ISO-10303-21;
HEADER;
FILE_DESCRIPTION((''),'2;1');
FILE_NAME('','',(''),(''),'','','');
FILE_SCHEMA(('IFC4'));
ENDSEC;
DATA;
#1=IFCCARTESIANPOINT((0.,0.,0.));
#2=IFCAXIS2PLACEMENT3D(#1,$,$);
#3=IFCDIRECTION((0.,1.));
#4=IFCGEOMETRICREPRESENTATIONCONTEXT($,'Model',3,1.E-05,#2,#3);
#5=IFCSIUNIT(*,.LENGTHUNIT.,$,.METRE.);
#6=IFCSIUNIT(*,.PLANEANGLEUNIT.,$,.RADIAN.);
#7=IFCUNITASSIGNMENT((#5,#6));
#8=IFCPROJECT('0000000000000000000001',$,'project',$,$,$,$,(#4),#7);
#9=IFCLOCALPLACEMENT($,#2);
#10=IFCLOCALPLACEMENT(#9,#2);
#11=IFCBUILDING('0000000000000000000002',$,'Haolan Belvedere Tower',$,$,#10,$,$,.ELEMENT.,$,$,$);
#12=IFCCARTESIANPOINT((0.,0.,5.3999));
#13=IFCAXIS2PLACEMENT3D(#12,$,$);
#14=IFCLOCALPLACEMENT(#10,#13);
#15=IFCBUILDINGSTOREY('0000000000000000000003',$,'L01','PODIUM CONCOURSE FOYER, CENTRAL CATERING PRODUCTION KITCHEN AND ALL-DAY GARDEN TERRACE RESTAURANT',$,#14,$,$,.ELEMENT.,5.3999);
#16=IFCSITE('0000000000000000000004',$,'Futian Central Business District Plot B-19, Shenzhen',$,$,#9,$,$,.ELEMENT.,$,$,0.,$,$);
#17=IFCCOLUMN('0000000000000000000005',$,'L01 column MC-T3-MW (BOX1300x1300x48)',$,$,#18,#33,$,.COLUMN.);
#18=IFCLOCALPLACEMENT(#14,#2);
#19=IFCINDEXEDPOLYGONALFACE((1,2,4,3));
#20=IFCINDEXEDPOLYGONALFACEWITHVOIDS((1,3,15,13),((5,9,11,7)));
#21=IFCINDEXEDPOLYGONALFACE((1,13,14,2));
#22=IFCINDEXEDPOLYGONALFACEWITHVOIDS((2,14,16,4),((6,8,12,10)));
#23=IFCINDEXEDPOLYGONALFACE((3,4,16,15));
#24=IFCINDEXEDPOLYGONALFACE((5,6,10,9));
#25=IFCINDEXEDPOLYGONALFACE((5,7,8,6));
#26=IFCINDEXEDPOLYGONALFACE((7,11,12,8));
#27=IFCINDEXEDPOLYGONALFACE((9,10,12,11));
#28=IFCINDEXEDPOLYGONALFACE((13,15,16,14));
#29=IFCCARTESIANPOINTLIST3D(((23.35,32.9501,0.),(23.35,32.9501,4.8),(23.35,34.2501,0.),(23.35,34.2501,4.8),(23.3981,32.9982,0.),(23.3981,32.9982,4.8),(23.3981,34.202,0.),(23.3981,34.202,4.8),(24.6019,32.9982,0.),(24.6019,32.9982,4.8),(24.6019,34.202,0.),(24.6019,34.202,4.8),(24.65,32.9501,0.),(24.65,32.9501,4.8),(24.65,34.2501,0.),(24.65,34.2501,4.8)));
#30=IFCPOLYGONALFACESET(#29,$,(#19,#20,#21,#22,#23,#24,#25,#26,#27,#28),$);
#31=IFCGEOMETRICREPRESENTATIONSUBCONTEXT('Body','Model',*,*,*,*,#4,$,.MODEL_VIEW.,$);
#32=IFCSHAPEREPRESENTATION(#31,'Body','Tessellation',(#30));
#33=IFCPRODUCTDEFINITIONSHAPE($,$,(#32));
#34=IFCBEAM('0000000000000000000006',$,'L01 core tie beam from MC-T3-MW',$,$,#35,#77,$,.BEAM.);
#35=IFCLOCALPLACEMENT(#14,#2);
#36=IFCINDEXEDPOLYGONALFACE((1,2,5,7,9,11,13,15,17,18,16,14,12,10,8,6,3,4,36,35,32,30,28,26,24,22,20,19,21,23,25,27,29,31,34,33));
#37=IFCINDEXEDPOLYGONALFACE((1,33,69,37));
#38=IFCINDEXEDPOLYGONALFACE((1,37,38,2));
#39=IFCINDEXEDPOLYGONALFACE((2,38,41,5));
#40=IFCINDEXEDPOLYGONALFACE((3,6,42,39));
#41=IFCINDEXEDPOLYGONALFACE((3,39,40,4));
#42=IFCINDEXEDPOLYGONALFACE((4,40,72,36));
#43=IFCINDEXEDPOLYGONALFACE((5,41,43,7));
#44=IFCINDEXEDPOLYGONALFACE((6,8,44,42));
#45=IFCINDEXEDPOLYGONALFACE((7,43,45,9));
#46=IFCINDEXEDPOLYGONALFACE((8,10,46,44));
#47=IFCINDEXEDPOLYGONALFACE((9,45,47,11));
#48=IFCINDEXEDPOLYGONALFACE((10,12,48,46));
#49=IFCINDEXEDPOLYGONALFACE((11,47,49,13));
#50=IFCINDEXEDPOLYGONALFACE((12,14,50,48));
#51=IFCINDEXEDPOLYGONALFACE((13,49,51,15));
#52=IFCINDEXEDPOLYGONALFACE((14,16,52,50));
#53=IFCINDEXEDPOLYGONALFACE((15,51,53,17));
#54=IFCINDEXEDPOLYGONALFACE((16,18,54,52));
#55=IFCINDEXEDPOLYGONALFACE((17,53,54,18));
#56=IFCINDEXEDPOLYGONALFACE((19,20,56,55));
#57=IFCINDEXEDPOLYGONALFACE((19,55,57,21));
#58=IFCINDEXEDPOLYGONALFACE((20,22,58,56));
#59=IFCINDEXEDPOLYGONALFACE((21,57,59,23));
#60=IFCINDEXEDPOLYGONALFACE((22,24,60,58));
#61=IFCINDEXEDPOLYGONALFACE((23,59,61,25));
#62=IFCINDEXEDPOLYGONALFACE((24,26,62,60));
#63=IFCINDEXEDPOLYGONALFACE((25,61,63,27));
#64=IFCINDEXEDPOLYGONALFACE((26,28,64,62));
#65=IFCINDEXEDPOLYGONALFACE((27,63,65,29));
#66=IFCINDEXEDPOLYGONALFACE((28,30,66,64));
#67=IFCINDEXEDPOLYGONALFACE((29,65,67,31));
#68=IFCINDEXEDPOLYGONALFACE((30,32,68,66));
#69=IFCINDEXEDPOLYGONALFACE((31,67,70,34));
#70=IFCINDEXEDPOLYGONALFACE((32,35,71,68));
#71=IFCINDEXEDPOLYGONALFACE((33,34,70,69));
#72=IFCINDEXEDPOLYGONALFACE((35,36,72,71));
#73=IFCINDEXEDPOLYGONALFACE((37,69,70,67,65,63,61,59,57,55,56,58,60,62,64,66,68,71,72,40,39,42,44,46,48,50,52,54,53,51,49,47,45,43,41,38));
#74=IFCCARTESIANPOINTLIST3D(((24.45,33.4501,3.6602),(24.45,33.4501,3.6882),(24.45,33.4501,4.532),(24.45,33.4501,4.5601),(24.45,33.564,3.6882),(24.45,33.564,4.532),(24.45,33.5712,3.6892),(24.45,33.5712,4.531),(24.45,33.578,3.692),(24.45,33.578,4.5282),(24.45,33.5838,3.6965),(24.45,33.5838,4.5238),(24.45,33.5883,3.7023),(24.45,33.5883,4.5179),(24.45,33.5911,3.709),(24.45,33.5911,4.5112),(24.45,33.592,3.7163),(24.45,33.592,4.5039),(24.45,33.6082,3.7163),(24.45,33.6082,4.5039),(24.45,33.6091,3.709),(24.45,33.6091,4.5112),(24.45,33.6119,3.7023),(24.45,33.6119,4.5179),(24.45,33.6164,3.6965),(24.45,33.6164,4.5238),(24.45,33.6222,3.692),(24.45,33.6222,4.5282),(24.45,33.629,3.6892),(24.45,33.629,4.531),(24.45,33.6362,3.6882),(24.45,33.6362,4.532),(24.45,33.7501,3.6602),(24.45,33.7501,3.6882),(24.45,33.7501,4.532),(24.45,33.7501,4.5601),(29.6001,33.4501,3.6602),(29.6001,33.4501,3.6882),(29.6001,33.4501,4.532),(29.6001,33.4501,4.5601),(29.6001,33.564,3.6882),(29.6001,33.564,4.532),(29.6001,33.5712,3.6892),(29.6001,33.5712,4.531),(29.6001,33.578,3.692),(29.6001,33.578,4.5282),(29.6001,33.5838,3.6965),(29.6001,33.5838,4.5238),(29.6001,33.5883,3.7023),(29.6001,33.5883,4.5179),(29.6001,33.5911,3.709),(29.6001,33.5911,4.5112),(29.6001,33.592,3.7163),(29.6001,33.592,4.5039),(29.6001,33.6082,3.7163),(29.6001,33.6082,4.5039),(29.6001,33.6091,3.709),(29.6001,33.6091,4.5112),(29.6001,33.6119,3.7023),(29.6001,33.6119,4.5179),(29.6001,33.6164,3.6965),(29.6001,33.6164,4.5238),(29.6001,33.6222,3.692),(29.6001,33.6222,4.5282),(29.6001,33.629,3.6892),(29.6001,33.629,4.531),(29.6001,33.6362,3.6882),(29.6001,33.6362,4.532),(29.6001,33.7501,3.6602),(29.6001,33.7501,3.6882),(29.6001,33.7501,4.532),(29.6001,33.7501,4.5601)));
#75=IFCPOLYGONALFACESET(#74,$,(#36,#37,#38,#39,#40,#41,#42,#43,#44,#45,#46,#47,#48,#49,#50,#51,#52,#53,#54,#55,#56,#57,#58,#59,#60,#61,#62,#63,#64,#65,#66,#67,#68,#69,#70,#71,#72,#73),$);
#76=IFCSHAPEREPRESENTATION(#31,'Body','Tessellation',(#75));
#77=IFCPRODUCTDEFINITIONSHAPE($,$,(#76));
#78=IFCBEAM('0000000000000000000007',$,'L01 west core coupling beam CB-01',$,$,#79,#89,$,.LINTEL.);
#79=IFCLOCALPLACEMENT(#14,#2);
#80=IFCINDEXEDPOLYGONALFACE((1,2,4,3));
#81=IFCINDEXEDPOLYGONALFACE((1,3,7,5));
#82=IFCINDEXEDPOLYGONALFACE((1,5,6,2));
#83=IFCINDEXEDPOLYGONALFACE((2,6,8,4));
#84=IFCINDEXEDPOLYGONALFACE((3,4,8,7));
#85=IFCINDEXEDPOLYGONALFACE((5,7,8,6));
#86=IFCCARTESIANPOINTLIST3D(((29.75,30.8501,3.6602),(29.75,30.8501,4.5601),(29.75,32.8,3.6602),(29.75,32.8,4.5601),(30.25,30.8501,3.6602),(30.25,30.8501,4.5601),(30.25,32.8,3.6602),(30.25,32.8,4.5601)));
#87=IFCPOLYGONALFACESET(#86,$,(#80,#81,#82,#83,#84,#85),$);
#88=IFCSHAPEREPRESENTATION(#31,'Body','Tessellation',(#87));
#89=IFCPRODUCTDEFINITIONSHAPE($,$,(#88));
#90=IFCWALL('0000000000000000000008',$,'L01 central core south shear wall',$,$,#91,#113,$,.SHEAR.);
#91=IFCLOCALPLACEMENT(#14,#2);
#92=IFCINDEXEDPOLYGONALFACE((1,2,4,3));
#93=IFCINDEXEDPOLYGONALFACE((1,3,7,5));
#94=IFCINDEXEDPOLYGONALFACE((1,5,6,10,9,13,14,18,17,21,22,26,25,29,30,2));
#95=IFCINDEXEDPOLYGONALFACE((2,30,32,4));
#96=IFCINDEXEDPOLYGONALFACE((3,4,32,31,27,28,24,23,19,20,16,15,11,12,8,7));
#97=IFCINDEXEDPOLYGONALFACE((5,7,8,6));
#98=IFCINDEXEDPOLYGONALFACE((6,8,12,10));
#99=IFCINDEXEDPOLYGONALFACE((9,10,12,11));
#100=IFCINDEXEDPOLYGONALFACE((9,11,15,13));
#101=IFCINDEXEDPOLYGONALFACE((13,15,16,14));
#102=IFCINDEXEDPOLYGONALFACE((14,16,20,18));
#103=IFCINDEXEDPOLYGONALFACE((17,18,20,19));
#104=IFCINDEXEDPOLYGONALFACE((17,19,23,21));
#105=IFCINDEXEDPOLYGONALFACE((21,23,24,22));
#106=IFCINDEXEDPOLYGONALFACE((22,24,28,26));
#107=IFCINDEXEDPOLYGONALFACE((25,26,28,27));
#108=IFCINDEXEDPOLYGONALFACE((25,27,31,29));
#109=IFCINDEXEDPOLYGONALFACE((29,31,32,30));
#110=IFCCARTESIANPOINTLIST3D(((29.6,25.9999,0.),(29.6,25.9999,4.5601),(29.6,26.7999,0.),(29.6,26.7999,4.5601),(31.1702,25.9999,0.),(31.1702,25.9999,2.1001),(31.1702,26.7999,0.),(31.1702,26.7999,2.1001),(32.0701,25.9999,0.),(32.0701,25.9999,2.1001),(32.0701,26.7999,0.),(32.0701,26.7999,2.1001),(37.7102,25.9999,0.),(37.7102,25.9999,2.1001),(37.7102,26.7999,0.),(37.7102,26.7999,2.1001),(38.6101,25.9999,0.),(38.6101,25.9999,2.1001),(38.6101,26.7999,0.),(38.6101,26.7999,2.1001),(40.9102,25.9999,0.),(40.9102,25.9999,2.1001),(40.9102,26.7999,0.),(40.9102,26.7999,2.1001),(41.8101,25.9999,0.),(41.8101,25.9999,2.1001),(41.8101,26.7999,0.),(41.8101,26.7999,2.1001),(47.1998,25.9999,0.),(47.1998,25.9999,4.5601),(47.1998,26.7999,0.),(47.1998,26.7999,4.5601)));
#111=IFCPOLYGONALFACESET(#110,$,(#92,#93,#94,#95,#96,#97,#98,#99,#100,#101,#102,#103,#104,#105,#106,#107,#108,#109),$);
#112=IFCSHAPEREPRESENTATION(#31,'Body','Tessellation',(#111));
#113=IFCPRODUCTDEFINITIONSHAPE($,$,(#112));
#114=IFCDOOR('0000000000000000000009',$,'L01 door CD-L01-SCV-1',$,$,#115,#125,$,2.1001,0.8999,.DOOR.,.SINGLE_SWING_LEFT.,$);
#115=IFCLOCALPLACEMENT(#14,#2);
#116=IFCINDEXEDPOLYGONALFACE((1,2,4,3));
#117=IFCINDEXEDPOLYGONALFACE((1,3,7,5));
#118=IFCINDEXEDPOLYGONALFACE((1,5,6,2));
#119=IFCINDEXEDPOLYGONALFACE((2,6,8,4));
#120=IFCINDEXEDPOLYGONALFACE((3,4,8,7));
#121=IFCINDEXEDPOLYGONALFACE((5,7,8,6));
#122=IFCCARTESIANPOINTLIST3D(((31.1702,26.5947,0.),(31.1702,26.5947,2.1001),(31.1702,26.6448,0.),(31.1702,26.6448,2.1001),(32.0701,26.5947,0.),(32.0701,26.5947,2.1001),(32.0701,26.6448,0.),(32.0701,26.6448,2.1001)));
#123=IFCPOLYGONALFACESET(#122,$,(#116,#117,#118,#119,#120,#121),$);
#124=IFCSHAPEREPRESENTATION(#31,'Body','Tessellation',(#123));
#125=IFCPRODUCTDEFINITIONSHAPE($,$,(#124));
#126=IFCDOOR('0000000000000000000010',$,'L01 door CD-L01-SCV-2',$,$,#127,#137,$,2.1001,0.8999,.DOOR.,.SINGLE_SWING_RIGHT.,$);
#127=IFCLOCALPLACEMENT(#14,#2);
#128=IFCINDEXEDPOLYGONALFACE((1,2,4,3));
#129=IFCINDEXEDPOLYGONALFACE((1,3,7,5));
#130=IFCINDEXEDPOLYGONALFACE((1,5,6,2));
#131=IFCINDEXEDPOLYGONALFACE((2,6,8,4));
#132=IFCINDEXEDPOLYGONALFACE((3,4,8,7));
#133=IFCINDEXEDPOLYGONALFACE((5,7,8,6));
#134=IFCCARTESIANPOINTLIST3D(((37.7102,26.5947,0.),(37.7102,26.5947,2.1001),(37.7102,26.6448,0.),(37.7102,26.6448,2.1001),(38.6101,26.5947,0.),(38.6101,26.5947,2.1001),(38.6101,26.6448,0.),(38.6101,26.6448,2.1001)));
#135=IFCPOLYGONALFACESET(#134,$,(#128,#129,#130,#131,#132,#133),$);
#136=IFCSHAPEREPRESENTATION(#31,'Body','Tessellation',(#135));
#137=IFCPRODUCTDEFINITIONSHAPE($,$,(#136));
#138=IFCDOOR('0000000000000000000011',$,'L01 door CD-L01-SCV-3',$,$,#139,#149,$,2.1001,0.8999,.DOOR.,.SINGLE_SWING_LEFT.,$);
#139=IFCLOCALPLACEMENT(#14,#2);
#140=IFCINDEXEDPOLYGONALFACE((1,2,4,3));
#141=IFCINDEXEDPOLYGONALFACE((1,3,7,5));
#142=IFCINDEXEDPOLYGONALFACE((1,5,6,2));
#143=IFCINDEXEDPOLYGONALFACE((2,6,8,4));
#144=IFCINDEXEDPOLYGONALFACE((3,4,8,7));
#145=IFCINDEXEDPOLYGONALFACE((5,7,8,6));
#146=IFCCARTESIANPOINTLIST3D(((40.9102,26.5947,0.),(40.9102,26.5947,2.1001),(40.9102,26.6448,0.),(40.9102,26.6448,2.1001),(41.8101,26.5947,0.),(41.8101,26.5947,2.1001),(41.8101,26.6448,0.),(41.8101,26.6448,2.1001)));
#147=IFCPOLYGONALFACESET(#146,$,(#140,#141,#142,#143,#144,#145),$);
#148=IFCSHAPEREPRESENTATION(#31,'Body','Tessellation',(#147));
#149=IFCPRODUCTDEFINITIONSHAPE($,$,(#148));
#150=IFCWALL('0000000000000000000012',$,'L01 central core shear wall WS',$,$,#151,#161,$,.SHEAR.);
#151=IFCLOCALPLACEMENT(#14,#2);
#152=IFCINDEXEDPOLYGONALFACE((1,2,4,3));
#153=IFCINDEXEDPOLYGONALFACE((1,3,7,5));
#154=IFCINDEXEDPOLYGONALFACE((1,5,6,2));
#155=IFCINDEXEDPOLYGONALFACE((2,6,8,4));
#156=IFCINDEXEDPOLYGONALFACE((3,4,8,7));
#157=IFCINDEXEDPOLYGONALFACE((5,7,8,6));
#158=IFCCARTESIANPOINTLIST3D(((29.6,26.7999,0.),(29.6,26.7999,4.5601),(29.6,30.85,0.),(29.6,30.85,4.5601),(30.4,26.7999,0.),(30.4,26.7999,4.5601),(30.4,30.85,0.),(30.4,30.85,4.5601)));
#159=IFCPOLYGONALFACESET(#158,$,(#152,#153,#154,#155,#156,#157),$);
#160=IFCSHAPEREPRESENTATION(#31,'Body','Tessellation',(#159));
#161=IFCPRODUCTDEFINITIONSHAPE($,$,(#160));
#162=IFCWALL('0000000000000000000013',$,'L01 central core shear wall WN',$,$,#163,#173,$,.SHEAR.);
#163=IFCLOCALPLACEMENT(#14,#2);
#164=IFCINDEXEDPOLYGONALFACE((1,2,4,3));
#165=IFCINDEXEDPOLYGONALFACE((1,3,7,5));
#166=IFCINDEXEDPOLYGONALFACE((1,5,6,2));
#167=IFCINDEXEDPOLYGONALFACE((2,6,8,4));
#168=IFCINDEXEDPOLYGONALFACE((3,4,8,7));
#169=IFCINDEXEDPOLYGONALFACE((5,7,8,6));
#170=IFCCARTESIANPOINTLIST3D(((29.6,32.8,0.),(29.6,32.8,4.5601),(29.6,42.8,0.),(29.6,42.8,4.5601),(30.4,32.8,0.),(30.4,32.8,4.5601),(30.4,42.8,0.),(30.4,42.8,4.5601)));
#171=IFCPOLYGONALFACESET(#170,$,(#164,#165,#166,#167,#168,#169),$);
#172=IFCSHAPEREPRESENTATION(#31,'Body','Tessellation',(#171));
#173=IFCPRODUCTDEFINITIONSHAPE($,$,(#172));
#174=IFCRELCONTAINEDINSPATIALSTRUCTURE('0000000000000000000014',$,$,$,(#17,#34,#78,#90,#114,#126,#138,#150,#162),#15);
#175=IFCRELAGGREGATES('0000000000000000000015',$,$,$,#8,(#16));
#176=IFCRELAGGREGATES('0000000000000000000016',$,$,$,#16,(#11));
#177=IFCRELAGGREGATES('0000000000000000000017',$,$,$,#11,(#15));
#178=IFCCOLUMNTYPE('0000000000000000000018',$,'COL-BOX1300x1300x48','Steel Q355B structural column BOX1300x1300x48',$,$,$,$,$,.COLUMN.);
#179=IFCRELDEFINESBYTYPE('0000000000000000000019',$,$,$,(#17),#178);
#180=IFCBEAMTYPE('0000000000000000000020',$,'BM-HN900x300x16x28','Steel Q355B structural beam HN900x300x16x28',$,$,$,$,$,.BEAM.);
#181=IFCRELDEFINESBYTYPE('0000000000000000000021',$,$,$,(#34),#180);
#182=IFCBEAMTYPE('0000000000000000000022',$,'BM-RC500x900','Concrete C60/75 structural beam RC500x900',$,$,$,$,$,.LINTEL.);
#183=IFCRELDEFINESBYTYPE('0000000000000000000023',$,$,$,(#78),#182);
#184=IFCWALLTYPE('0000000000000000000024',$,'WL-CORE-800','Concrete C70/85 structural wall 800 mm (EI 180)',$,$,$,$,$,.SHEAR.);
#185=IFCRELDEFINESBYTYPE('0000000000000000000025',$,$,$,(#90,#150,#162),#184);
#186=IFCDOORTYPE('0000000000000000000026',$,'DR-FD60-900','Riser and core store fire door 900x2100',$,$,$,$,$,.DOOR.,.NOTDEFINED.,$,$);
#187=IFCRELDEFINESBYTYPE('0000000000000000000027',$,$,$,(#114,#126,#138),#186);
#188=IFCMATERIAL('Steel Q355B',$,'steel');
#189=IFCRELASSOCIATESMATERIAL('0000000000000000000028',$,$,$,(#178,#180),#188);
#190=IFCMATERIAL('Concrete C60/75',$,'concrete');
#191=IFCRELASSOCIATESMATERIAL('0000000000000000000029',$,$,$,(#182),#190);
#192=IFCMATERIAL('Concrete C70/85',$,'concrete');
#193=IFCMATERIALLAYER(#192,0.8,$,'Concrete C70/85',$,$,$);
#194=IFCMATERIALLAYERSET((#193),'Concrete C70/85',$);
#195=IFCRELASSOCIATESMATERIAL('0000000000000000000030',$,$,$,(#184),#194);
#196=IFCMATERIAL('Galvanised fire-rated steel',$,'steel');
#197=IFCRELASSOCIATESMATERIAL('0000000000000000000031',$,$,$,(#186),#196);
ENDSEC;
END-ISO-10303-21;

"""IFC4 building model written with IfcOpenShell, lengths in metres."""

from ifc_helpers import new_model, si_unit, direction, frame, frame_2d, origin, origin_2d, place, context, subcontext, project, spatial, rectangle, hollow_rectangle, i_section, extrude, material, layer, layer_set, material_profile, profile_set, type_object, element, fill, save


model = new_model("IFC4")

# Units and contexts
model_context = context("Model", 3, precision=1e-05, world=origin(), true_north=direction((0.0, 1.0)))
body_context = subcontext(model_context, "Body", "Model", "MODEL_VIEW")
ifc_project = project(units=[si_unit("LENGTHUNIT", "METRE"), si_unit("PLANEANGLEUNIT", "RADIAN")], contexts=[model_context])

# Site, building, storey
site_placement = place(None, origin())
site = spatial("IfcSite", under=ifc_project, at=site_placement, Name="Futian Central Business District Plot B-19, Shenzhen", CompositionType="ELEMENT", RefElevation=0.0)
building_placement = place(site_placement, origin())
building = spatial("IfcBuilding", under=site, at=building_placement, Name="Haolan Belvedere Tower", CompositionType="ELEMENT")
storey_placement = place(building_placement, frame((0.0, 0.0, 5.3999)))
storey = spatial("IfcBuildingStorey", under=building, at=storey_placement, Name="L01", Description="PODIUM CONCOURSE FOYER, CENTRAL CATERING PRODUCTION KITCHEN AND ALL-DAY GARDEN TERRACE RESTAURANT", CompositionType="ELEMENT", Elevation=5.3999)

# Column
ifc_material_1 = material(Name="Steel Q355B", Category="steel")
ifc_material_profile_1 = material_profile(ifc_material_1, hollow_rectangle(XDim=1.3, YDim=1.3, WallThickness=0.0481, at=origin_2d()), Name="Steel Q355B")
ifc_profile_set_1 = profile_set([ifc_material_profile_1], Name="Steel Q355B")
column_type = type_object("IfcColumnType", Name="COL-BOX1300x1300x48", Description="Steel Q355B structural column BOX1300x1300x48", PredefinedType="COLUMN", material=ifc_profile_set_1)
column_placement = place(storey_placement, frame((24.0, 33.6001, 0.0), z_axis=(0.0, 0.0, 1.0), x_axis=(1.0, 0.0, 0.0)))
element("IfcColumn", 1, at=column_placement, inside=storey, type_object=column_type, Name="L01 column MC-T3-MW (BOX1300x1300x48)", PredefinedType="COLUMN", context=body_context, shape_type="SweptSolid", body=[
    extrude(hollow_rectangle(XDim=1.3, YDim=1.3, WallThickness=0.0481, at=origin_2d()), origin(), (0.0, 0.0, 1.0), 4.8),
])

# Beams
ifc_material_profile_2 = material_profile(ifc_material_1, i_section(OverallWidth=0.3, OverallDepth=0.8999, WebThickness=0.0161, FlangeThickness=0.0281, FilletRadius=0.0281, at=origin_2d()), Name="Steel Q355B")
ifc_profile_set_2 = profile_set([ifc_material_profile_2], Name="Steel Q355B")
beam_type_1 = type_object("IfcBeamType", Name="BM-HN900x300x16x28", Description="Steel Q355B structural beam HN900x300x16x28", PredefinedType="BEAM", material=ifc_profile_set_2)
beam_1_placement = place(storey_placement, frame((24.45, 33.6001, 4.1101), z_axis=(1.0, 0.0, 0.0), x_axis=(0.0, 1.0, 0.0)))
element("IfcBeam", 2, at=beam_1_placement, inside=storey, type_object=beam_type_1, Name="L01 core tie beam from MC-T3-MW", PredefinedType="BEAM", context=body_context, shape_type="SweptSolid", body=[
    extrude(i_section(OverallWidth=0.3, OverallDepth=0.8999, WebThickness=0.0161, FlangeThickness=0.0281, FilletRadius=0.0281, at=origin_2d()), origin(), (0.0, 0.0, 1.0), 5.1501),
])
ifc_material_2 = material(Name="Concrete C60/75", Category="concrete")
ifc_material_profile_3 = material_profile(ifc_material_2, rectangle(XDim=0.5, YDim=0.8999, at=origin_2d()), Name="Concrete C60/75")
ifc_profile_set_3 = profile_set([ifc_material_profile_3], Name="Concrete C60/75")
beam_type_2 = type_object("IfcBeamType", Name="BM-RC500x900", Description="Concrete C60/75 structural beam RC500x900", PredefinedType="LINTEL", material=ifc_profile_set_3)
beam_2_placement = place(storey_placement, frame((30.0, 30.8501, 4.1101), z_axis=(0.0, 1.0, 0.0), x_axis=(-1.0, 0.0, 0.0)))
element("IfcBeam", 3, at=beam_2_placement, inside=storey, type_object=beam_type_2, Name="L01 west core coupling beam CB-01", PredefinedType="LINTEL", context=body_context, shape_type="SweptSolid", body=[
    extrude(rectangle(XDim=0.5, YDim=0.8999, at=origin_2d()), origin(), (0.0, 0.0, 1.0), 1.95),
])

# Wall, openings, doors
ifc_material_3 = material(Name="Concrete C70/85", Category="concrete")
ifc_layer_1 = layer(ifc_material_3, 0.8, Name="Concrete C70/85")
ifc_layer_set_1 = layer_set([ifc_layer_1], Name="Concrete C70/85")
wall_type_1 = type_object("IfcWallType", Name="WL-CORE-800", Description="Concrete C70/85 structural wall 800 mm (EI 180)", PredefinedType="SHEAR", material=ifc_layer_set_1)
wall_1_placement = place(storey_placement, frame((29.6001, 26.3999, 0.0), z_axis=(0.0, 0.0, 1.0), x_axis=(1.0, 0.0, 0.0)))
wall_1 = element("IfcWall", 4, at=wall_1_placement, inside=storey, type_object=wall_type_1, Name="L01 central core south shear wall", PredefinedType="SHEAR", context=body_context, shape_type="SweptSolid", body=[
    extrude(rectangle(XDim=17.5999, YDim=0.8, at=frame_2d((8.7998, 0.0))), origin(), (0.0, 0.0, 1.0), 4.5601),
])
opening_1_placement = place(wall_1_placement, frame((2.47, 0.0, 0.0), z_axis=(0.0, 0.0, 1.0), x_axis=(-1.0, 0.0, 0.0)))
opening_1 = element("IfcOpeningElement", 5, at=opening_1_placement, cuts=wall_1, PredefinedType="OPENING", context=body_context, shape_type="SweptSolid", body=[
    extrude(rectangle(XDim=0.8999, YDim=2.1001, at=frame_2d((0.45, 1.05))), frame((0.0, 0.4099, 0.0), z_axis=(0.0, -1.0, 0.0), x_axis=(1.0, 0.0, 0.0)), (0.0, 0.0, 1.0), 0.8201),
])
opening_2_placement = place(wall_1_placement, frame((9.01, 0.0, 0.0), z_axis=(0.0, 0.0, 1.0), x_axis=(-1.0, 0.0, 0.0)))
opening_2 = element("IfcOpeningElement", 6, at=opening_2_placement, cuts=wall_1, PredefinedType="OPENING", context=body_context, shape_type="SweptSolid", body=[
    extrude(rectangle(XDim=0.8999, YDim=2.1001, at=frame_2d((0.45, 1.05))), frame((0.0, 0.4099, 0.0), z_axis=(0.0, -1.0, 0.0), x_axis=(1.0, 0.0, 0.0)), (0.0, 0.0, 1.0), 0.8201),
])
opening_3_placement = place(wall_1_placement, frame((12.21, 0.0, 0.0), z_axis=(0.0, 0.0, 1.0), x_axis=(-1.0, 0.0, 0.0)))
opening_3 = element("IfcOpeningElement", 7, at=opening_3_placement, cuts=wall_1, PredefinedType="OPENING", context=body_context, shape_type="SweptSolid", body=[
    extrude(rectangle(XDim=0.8999, YDim=2.1001, at=frame_2d((0.45, 1.05))), frame((0.0, 0.4099, 0.0), z_axis=(0.0, -1.0, 0.0), x_axis=(1.0, 0.0, 0.0)), (0.0, 0.0, 1.0), 0.8201),
])
ifc_material_4 = material(Name="Galvanised fire-rated steel", Category="steel")
door_type_1 = type_object("IfcDoorType", Name="DR-FD60-900", Description="Riser and core store fire door 900x2100", OperationType="NOTDEFINED", PredefinedType="DOOR", material=ifc_material_4)
door_1_placement = place(opening_1_placement, origin())
door_1 = element("IfcDoor", 8, at=door_1_placement, inside=storey, type_object=door_type_1, Name="L01 door CD-L01-SCV-1", OperationType="SINGLE_SWING_LEFT", OverallHeight=2.1001, OverallWidth=0.8999, PredefinedType="DOOR", context=body_context, shape_type="SweptSolid", body=[
    extrude(rectangle(XDim=0.8999, YDim=2.1001, at=frame_2d((0.45, 1.05))), frame((0.0, -0.1948, 0.0), z_axis=(0.0, -1.0, 0.0), x_axis=(1.0, 0.0, 0.0)), (0.0, 0.0, 1.0), 0.05),
])
fill(opening_1, door_1)
door_2_placement = place(opening_2_placement, origin())
door_2 = element("IfcDoor", 9, at=door_2_placement, inside=storey, type_object=door_type_1, Name="L01 door CD-L01-SCV-2", OperationType="SINGLE_SWING_RIGHT", OverallHeight=2.1001, OverallWidth=0.8999, PredefinedType="DOOR", context=body_context, shape_type="SweptSolid", body=[
    extrude(rectangle(XDim=0.8999, YDim=2.1001, at=frame_2d((0.45, 1.05))), frame((0.0, -0.1948, 0.0), z_axis=(0.0, -1.0, 0.0), x_axis=(1.0, 0.0, 0.0)), (0.0, 0.0, 1.0), 0.05),
])
fill(opening_2, door_2)
door_3_placement = place(opening_3_placement, origin())
door_3 = element("IfcDoor", 10, at=door_3_placement, inside=storey, type_object=door_type_1, Name="L01 door CD-L01-SCV-3", OperationType="SINGLE_SWING_LEFT", OverallHeight=2.1001, OverallWidth=0.8999, PredefinedType="DOOR", context=body_context, shape_type="SweptSolid", body=[
    extrude(rectangle(XDim=0.8999, YDim=2.1001, at=frame_2d((0.45, 1.05))), frame((0.0, -0.1948, 0.0), z_axis=(0.0, -1.0, 0.0), x_axis=(1.0, 0.0, 0.0)), (0.0, 0.0, 1.0), 0.05),
])
fill(opening_3, door_3)

# Walls
wall_2_placement = place(storey_placement, frame((30.0, 26.8, 0.0), z_axis=(0.0, 0.0, 1.0), x_axis=(0.0, 1.0, 0.0)))
element("IfcWall", 11, at=wall_2_placement, inside=storey, type_object=wall_type_1, Name="L01 central core shear wall WS", PredefinedType="SHEAR", context=body_context, shape_type="SweptSolid", body=[
    extrude(rectangle(XDim=4.05, YDim=0.8, at=frame_2d((2.0249, 0.0))), origin(), (0.0, 0.0, 1.0), 4.5601),
])
wall_3_placement = place(storey_placement, frame((30.0, 32.8, 0.0), z_axis=(0.0, 0.0, 1.0), x_axis=(0.0, 1.0, 0.0)))
element("IfcWall", 12, at=wall_3_placement, inside=storey, type_object=wall_type_1, Name="L01 central core shear wall WN", PredefinedType="SHEAR", context=body_context, shape_type="SweptSolid", body=[
    extrude(rectangle(XDim=10.0, YDim=0.8, at=frame_2d((5.0, 0.0))), origin(), (0.0, 0.0, 1.0), 4.5601),
])

save(model, "model.ifc")
